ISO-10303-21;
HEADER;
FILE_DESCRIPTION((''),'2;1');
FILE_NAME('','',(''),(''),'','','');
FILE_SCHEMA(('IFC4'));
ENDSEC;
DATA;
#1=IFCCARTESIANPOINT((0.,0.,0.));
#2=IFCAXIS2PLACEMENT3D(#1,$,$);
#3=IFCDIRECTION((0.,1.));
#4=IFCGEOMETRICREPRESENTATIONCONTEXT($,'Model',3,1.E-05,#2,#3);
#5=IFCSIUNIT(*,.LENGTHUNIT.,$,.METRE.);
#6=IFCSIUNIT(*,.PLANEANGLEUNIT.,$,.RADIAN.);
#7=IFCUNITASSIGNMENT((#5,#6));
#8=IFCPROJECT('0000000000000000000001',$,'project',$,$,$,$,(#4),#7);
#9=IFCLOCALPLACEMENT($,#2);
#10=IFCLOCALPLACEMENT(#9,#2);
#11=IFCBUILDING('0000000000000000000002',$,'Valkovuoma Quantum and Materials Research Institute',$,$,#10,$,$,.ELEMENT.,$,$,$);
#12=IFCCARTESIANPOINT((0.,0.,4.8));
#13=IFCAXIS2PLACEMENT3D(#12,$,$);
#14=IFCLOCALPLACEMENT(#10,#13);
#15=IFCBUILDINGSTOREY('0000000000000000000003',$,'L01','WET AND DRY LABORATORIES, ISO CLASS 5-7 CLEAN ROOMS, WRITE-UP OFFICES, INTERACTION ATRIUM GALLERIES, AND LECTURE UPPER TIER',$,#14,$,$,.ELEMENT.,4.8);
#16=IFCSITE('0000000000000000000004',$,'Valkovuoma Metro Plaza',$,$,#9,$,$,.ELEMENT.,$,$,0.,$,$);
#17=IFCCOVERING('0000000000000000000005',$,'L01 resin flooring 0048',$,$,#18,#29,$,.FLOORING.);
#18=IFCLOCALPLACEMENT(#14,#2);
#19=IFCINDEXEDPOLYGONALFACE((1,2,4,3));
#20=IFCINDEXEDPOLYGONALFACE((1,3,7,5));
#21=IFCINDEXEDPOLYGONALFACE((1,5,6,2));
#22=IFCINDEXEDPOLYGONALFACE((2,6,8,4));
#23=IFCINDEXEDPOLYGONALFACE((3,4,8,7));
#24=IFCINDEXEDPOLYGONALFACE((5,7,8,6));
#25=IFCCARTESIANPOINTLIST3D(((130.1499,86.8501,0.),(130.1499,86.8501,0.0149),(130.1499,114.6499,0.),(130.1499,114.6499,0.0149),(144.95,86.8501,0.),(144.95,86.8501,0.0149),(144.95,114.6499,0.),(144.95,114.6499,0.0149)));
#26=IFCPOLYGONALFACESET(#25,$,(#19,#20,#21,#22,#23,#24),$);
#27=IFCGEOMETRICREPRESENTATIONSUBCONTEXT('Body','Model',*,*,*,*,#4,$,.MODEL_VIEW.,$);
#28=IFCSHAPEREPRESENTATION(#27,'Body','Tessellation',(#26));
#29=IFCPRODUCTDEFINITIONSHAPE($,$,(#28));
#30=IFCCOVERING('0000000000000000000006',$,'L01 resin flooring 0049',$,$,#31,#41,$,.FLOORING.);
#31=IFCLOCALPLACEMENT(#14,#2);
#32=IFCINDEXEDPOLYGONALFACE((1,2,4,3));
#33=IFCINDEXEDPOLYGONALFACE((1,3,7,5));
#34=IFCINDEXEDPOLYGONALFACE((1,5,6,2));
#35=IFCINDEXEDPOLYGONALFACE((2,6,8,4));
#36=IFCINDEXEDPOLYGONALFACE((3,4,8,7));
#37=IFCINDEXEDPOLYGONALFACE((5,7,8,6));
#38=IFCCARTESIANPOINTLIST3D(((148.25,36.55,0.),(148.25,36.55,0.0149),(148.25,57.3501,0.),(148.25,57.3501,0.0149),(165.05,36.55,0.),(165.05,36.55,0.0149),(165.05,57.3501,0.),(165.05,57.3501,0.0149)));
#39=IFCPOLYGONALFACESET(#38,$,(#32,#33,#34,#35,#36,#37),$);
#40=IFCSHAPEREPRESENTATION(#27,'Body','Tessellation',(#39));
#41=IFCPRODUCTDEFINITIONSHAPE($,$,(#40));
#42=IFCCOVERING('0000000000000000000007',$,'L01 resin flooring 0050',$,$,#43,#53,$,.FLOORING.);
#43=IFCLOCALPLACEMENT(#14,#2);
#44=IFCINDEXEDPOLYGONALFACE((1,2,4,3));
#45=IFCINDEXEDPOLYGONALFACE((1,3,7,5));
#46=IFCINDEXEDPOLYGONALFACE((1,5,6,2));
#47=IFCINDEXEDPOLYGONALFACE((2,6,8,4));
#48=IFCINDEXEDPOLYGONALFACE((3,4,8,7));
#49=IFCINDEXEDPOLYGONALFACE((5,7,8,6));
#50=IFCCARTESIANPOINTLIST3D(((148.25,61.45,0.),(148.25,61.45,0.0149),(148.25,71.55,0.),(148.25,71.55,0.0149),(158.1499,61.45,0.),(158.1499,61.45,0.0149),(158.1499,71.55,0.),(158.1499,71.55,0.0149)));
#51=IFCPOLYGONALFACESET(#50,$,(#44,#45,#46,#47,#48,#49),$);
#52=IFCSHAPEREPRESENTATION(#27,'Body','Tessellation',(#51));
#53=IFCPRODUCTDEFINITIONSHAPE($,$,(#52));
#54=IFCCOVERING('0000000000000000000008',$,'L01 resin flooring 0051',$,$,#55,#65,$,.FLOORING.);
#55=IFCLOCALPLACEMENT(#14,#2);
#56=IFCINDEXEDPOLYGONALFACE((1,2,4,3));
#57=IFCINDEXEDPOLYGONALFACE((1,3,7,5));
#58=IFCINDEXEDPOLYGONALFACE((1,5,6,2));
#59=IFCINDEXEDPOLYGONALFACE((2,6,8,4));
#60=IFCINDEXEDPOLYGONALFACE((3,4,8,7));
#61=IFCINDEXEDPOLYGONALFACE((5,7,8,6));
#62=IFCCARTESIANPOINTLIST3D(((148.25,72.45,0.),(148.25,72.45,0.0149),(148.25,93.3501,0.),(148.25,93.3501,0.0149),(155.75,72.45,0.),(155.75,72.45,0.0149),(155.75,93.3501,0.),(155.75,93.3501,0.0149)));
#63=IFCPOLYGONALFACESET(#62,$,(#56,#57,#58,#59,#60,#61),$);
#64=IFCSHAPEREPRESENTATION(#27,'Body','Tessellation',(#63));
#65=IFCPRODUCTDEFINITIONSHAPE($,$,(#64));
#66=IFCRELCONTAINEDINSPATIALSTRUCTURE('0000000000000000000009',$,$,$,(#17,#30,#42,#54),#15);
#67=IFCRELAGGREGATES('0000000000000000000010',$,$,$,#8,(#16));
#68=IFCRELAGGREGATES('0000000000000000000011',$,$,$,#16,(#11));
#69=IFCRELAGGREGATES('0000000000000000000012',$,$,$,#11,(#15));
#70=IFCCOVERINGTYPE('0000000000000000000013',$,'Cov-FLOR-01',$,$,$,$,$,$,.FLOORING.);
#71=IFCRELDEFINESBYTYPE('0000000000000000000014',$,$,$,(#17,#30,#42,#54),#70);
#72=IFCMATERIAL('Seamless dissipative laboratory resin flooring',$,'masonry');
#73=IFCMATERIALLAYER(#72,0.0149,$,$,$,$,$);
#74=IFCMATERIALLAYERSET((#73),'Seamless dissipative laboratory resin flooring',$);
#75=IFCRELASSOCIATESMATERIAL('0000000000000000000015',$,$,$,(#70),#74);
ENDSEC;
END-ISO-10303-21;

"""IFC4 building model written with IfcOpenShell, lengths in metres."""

from ifc_helpers import new_model, si_unit, direction, frame, origin, place, context, subcontext, project, spatial, polyline, outline, extrude, material, layer, layer_set, type_object, element, save


model = new_model("IFC4")

# Units and contexts
model_context = context("Model", 3, precision=1e-05, world=origin(), true_north=direction((0.0, 1.0)))
body_context = subcontext(model_context, "Body", "Model", "MODEL_VIEW")
ifc_project = project(units=[si_unit("LENGTHUNIT", "METRE"), si_unit("PLANEANGLEUNIT", "RADIAN")], contexts=[model_context])

# Site, building, storey
site_placement = place(None, origin())
site = spatial("IfcSite", under=ifc_project, at=site_placement, Name="Valkovuoma Metro Plaza", CompositionType="ELEMENT", RefElevation=0.0)
building_placement = place(site_placement, origin())
building = spatial("IfcBuilding", under=site, at=building_placement, Name="Valkovuoma Quantum and Materials Research Institute", CompositionType="ELEMENT")
storey_placement = place(building_placement, frame((0.0, 0.0, 4.8)))
storey = spatial("IfcBuildingStorey", under=building, at=storey_placement, Name="L01", Description="WET AND DRY LABORATORIES, ISO CLASS 5-7 CLEAN ROOMS, WRITE-UP OFFICES, INTERACTION ATRIUM GALLERIES, AND LECTURE UPPER TIER", CompositionType="ELEMENT", Elevation=4.8)

# Coverings
ifc_material_1 = material(Name="Seamless dissipative laboratory resin flooring", Category="masonry")
ifc_layer_1 = layer(ifc_material_1, 0.0149)
ifc_layer_set_1 = layer_set([ifc_layer_1], Name="Seamless dissipative laboratory resin flooring")
covering_type_1 = type_object("IfcCoveringType", Name="Cov-FLOR-01", PredefinedType="FLOORING", material=ifc_layer_set_1)
covering_1_placement = place(storey_placement, origin())
element("IfcCovering", 1, at=covering_1_placement, inside=storey, type_object=covering_type_1, Name="L01 resin flooring 0048", PredefinedType="FLOORING", context=body_context, shape_type="SweptSolid", body=[
    extrude(outline(polyline([(130.1499, 86.8501), (144.95, 86.8501), (144.95, 114.6499), (130.1499, 114.6499), (130.1499, 86.8501)])), origin(), (0.0, 0.0, 1.0), 0.0149),
])
covering_2_placement = place(storey_placement, origin())
element("IfcCovering", 2, at=covering_2_placement, inside=storey, type_object=covering_type_1, Name="L01 resin flooring 0049", PredefinedType="FLOORING", context=body_context, shape_type="SweptSolid", body=[
    extrude(outline(polyline([(148.25, 36.55), (165.05, 36.55), (165.05, 57.3501), (148.25, 57.3501), (148.25, 36.55)])), origin(), (0.0, 0.0, 1.0), 0.0149),
])
covering_3_placement = place(storey_placement, origin())
element("IfcCovering", 3, at=covering_3_placement, inside=storey, type_object=covering_type_1, Name="L01 resin flooring 0050", PredefinedType="FLOORING", context=body_context, shape_type="SweptSolid", body=[
    extrude(outline(polyline([(148.25, 61.45), (158.1499, 61.45), (158.1499, 71.55), (148.25, 71.55), (148.25, 61.45)])), origin(), (0.0, 0.0, 1.0), 0.0149),
])
covering_4_placement = place(storey_placement, origin())
element("IfcCovering", 4, at=covering_4_placement, inside=storey, type_object=covering_type_1, Name="L01 resin flooring 0051", PredefinedType="FLOORING", context=body_context, shape_type="SweptSolid", body=[
    extrude(outline(polyline([(148.25, 72.45), (155.75, 72.45), (155.75, 93.3501), (148.25, 93.3501), (148.25, 72.45)])), origin(), (0.0, 0.0, 1.0), 0.0149),
])

save(model, "model.ifc")
